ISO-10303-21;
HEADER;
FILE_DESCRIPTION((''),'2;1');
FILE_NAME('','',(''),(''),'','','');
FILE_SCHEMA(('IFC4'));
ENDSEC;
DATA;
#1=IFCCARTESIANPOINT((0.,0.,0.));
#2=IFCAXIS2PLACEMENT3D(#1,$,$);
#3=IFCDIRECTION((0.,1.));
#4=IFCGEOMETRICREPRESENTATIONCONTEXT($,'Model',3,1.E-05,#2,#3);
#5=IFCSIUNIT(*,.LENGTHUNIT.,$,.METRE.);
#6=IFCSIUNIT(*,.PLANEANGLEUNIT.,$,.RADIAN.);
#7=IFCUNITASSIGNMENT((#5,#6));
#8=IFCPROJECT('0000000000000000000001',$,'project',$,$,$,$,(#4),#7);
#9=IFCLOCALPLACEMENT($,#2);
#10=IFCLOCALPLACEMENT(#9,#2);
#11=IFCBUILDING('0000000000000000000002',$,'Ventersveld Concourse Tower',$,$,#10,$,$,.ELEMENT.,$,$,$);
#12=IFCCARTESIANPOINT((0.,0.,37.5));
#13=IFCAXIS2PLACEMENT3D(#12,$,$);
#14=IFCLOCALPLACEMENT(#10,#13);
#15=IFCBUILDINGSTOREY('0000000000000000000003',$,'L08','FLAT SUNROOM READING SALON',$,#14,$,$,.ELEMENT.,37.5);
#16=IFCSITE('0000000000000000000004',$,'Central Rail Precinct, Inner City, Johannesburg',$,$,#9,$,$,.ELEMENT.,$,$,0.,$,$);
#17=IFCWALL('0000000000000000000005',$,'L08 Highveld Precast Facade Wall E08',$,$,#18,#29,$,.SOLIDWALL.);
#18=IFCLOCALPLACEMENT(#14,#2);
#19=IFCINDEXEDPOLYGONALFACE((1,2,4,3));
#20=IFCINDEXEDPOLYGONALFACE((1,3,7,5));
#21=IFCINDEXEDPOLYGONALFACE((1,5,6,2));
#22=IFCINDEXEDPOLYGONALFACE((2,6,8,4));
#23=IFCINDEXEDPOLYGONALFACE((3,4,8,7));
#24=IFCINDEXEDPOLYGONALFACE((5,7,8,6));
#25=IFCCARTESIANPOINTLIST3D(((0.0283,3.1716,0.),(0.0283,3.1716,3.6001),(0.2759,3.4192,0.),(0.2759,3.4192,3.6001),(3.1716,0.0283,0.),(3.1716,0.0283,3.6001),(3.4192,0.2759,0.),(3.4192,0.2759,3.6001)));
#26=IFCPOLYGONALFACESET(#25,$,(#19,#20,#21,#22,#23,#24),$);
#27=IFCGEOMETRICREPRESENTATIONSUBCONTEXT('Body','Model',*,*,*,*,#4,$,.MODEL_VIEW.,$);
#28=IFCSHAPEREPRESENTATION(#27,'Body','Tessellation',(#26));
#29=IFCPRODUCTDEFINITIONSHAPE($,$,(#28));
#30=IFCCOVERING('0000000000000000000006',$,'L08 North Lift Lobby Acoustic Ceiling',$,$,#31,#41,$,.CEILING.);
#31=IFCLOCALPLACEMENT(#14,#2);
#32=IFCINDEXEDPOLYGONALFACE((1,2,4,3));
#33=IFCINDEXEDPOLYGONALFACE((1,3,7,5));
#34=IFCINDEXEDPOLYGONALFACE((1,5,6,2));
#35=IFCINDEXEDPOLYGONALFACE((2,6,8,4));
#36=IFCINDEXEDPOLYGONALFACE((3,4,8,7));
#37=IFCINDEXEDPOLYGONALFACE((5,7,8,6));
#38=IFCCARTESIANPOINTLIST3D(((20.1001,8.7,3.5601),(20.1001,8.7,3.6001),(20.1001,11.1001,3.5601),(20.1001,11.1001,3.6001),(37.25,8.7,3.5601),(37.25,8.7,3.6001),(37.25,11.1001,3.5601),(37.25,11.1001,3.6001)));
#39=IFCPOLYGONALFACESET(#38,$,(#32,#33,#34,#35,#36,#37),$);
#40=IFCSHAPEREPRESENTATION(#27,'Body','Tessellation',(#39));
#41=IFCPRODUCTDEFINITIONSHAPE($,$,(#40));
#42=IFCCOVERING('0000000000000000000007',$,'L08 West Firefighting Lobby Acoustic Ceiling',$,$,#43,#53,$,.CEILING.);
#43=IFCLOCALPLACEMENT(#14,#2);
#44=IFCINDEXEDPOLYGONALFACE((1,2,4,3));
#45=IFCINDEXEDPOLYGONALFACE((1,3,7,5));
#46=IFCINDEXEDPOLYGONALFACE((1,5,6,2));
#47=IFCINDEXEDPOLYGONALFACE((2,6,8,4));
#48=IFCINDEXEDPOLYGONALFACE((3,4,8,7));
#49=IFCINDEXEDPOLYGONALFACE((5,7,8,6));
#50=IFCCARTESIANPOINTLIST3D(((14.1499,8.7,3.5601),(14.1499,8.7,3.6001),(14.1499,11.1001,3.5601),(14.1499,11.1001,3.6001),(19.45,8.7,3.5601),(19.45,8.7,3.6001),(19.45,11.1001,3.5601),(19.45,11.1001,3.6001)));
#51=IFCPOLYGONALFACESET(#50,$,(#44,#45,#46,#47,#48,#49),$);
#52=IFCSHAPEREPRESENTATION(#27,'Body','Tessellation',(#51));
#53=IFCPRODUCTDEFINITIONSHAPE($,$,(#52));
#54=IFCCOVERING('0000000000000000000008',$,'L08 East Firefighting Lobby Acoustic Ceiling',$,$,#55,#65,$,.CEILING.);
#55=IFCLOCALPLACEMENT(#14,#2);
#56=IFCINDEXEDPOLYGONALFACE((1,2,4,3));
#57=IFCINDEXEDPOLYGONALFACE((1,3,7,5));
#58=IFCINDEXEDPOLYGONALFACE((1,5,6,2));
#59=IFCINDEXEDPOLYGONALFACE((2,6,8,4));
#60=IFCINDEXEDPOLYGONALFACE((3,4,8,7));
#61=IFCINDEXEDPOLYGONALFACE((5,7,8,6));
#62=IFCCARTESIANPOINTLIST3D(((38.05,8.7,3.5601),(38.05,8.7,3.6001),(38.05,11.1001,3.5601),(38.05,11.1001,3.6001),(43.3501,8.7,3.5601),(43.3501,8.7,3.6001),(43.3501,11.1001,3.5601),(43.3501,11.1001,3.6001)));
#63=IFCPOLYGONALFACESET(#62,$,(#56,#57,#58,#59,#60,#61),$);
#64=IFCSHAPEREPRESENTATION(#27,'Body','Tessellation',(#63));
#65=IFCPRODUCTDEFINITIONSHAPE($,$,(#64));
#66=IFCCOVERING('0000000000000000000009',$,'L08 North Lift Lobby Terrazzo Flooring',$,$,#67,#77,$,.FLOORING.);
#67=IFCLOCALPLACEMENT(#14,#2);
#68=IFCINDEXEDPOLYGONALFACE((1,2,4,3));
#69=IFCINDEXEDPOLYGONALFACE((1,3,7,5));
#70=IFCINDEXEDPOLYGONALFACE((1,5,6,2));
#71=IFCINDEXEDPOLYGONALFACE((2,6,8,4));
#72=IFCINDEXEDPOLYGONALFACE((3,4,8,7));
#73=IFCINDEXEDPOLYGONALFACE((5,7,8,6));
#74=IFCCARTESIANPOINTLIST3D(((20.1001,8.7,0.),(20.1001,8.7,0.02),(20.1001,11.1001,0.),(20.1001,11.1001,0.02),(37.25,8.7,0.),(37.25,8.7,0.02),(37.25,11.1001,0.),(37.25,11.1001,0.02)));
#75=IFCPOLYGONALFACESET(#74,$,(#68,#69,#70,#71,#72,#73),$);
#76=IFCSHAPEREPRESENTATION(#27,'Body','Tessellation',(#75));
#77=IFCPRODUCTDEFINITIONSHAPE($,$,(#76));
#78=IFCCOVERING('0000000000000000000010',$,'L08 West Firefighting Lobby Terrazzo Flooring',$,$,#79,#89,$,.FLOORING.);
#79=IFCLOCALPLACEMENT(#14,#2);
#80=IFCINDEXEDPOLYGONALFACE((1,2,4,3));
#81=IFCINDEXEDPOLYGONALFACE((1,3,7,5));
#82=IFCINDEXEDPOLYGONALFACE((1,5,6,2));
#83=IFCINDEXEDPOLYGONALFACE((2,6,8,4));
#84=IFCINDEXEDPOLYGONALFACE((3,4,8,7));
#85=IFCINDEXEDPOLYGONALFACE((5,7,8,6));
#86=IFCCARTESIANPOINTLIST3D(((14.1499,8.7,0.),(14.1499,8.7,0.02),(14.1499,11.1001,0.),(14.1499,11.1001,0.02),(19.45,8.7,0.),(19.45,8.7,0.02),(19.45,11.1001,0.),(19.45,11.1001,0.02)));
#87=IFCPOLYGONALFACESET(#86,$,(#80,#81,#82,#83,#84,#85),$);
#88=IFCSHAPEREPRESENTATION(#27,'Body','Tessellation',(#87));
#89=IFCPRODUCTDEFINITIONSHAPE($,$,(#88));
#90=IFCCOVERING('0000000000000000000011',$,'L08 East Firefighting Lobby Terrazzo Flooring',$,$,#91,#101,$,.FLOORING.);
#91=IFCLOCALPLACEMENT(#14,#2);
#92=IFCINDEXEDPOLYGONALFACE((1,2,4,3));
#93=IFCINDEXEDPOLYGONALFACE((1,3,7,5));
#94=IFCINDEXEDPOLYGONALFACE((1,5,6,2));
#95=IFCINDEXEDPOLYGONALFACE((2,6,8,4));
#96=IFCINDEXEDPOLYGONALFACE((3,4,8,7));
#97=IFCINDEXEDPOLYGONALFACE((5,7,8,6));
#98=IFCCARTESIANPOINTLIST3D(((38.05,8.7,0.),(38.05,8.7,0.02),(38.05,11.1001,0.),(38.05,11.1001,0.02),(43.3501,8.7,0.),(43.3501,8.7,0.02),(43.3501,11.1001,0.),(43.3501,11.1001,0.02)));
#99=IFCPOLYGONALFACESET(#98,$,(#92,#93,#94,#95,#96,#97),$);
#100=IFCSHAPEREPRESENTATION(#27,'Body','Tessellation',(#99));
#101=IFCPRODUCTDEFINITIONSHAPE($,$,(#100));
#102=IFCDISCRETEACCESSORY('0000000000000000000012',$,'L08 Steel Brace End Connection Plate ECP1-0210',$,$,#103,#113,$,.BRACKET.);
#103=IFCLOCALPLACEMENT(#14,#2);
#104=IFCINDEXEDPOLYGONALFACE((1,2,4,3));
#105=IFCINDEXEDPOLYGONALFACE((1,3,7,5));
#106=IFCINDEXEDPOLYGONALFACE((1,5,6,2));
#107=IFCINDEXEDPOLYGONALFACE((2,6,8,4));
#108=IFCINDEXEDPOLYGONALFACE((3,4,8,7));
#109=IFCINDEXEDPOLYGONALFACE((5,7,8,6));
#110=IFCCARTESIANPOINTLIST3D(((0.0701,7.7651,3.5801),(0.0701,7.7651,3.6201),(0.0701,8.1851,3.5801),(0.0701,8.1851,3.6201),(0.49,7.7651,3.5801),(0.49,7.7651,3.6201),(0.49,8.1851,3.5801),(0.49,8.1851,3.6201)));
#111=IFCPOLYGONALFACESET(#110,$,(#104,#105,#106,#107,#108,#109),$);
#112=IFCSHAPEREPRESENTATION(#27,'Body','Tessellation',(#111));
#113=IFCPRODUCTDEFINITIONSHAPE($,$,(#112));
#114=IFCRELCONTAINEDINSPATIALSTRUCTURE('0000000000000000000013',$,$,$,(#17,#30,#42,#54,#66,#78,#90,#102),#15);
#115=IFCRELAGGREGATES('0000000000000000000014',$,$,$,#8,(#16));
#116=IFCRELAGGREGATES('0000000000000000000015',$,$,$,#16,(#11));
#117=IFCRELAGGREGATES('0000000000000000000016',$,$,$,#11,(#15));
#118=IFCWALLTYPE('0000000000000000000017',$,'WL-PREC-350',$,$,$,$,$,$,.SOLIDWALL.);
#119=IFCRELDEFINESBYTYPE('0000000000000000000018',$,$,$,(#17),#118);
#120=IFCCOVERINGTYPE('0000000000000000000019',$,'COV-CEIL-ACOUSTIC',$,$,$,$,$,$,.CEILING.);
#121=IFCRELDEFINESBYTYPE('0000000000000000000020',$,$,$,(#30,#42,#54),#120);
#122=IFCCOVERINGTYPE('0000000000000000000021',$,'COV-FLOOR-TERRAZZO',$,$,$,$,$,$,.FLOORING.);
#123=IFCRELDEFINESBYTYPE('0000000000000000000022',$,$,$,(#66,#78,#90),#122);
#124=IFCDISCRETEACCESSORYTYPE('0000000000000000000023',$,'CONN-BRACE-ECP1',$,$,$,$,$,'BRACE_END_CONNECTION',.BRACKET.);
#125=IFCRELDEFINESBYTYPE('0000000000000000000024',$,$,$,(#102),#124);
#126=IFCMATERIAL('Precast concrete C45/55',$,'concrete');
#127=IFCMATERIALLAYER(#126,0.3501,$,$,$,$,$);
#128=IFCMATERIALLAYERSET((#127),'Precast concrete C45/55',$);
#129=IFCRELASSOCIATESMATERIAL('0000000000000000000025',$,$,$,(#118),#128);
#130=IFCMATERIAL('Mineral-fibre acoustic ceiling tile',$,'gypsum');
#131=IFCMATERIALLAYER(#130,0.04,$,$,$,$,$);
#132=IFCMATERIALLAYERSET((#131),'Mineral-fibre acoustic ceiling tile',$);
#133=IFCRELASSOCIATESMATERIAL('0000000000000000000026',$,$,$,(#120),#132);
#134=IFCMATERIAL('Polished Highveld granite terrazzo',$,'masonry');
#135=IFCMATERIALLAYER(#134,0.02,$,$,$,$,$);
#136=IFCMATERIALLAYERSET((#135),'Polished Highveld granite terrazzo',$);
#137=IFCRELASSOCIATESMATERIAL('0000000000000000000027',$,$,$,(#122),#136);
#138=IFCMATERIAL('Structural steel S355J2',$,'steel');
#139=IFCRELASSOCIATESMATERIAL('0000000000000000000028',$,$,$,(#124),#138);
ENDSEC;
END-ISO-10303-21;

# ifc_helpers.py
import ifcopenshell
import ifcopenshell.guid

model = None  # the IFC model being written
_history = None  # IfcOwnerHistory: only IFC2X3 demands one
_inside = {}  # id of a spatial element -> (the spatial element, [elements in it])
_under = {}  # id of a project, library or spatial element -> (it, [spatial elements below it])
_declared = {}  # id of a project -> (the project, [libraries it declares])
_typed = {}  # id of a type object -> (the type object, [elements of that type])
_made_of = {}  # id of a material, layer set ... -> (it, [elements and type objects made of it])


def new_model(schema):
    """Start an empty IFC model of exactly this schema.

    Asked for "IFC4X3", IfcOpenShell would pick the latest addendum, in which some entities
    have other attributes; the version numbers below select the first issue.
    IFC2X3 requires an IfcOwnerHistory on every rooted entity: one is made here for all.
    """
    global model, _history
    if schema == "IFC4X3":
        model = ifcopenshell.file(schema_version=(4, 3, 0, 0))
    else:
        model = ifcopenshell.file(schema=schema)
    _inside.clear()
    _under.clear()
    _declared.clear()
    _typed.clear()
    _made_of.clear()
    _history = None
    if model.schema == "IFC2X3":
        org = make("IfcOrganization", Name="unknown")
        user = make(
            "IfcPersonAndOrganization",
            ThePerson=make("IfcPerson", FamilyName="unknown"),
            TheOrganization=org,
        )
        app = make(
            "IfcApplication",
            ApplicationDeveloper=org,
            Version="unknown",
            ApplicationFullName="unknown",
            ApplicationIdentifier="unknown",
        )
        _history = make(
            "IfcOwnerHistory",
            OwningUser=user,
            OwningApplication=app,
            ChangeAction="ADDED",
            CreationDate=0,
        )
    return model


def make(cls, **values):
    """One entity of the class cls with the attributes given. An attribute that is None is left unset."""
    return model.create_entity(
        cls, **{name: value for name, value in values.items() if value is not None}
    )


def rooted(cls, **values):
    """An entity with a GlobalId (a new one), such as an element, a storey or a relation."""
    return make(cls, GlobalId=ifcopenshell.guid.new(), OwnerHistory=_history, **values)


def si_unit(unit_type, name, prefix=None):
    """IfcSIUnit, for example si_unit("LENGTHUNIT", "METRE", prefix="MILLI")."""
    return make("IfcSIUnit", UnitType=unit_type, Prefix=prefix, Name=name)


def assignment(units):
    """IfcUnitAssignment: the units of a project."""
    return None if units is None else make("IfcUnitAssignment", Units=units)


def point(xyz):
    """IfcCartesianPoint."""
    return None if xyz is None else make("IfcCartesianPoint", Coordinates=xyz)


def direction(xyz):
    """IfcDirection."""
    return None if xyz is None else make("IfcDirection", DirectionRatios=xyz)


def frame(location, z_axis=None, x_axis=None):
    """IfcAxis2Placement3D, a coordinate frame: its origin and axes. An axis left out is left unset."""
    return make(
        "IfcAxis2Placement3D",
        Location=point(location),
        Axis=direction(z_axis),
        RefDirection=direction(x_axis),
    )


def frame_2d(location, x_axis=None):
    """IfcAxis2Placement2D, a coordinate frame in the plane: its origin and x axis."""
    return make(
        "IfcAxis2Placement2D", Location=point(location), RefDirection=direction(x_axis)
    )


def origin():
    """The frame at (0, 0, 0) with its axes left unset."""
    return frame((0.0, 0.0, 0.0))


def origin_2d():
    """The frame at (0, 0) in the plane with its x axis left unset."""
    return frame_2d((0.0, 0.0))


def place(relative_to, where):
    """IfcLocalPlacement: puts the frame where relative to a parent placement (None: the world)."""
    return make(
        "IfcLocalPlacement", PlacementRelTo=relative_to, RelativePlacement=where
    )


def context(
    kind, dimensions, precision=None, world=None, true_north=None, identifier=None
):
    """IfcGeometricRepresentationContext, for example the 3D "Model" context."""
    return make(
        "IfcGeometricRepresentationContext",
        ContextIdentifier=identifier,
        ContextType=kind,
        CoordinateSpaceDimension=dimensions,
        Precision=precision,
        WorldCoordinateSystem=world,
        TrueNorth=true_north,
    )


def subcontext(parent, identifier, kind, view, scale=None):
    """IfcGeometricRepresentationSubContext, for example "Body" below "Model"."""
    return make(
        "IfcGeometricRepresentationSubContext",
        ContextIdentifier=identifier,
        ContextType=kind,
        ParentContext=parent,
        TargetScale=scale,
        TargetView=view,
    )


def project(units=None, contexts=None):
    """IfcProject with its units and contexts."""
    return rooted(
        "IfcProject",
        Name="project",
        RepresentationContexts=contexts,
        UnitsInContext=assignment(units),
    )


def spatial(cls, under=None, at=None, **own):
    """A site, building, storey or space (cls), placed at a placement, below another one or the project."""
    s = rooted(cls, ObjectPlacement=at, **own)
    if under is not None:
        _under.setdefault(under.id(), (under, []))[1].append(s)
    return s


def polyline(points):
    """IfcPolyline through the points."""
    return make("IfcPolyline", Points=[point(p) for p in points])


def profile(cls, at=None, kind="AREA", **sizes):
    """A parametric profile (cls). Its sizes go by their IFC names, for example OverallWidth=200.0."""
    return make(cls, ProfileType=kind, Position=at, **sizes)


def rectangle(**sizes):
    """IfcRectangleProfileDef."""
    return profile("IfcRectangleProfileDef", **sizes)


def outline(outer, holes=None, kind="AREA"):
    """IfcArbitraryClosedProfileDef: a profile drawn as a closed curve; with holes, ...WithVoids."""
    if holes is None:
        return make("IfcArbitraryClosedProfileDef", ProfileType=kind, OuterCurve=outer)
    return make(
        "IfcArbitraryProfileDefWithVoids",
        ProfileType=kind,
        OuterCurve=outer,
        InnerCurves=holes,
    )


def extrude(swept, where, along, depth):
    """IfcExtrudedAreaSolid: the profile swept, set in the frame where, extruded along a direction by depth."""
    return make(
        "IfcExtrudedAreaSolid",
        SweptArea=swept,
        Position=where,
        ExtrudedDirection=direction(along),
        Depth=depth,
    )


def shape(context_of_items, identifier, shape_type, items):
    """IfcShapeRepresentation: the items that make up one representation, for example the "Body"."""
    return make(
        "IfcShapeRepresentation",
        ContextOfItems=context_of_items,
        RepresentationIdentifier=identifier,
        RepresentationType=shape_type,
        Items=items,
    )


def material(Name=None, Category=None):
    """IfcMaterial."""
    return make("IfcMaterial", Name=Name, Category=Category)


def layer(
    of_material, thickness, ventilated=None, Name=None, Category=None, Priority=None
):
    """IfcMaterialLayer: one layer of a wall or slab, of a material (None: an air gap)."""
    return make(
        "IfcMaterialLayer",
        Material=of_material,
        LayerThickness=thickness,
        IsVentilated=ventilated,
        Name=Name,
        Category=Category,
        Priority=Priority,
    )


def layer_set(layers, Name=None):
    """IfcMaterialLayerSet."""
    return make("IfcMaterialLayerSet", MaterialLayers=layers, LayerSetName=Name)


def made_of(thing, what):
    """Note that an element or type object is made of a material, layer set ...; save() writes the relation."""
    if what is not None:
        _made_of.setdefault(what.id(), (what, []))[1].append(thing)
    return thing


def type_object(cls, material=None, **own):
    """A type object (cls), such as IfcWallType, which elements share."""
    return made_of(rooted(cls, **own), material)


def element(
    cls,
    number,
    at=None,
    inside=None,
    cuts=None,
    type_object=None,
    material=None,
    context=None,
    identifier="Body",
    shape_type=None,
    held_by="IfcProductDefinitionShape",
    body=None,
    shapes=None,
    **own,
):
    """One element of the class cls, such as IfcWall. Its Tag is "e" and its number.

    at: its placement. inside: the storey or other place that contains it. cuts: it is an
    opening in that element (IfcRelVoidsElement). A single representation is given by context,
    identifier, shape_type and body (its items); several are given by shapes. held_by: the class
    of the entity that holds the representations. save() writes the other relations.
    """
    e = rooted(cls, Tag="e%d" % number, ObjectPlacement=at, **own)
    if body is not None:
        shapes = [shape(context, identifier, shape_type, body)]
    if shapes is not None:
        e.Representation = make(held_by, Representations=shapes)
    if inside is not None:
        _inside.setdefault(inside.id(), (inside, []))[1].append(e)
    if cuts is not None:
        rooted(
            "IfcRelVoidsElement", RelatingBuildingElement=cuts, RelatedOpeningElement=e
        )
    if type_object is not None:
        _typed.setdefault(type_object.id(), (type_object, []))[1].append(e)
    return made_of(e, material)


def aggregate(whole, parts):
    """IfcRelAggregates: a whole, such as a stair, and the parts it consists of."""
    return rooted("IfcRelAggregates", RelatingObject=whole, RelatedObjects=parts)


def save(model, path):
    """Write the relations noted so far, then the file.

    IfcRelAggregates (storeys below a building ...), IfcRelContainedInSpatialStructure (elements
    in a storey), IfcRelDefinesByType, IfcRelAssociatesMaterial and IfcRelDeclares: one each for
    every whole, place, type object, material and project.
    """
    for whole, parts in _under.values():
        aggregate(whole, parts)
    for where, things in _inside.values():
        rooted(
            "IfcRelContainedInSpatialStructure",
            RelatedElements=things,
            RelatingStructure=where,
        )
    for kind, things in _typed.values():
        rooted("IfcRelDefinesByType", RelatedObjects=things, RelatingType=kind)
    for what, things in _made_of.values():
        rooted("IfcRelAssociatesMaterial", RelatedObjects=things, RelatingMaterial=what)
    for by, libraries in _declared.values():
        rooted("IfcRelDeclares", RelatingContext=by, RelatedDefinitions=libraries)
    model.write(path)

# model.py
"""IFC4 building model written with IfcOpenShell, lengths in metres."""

from ifc_helpers import new_model, si_unit, direction, frame, frame_2d, origin, origin_2d, place, context, subcontext, project, spatial, polyline, rectangle, outline, extrude, material, layer, layer_set, type_object, element, save


model = new_model("IFC4")

# Units and contexts
model_context = context("Model", 3, precision=1e-05, world=origin(), true_north=direction((0.0, 1.0)))
body_context = subcontext(model_context, "Body", "Model", "MODEL_VIEW")
ifc_project = project(units=[si_unit("LENGTHUNIT", "METRE"), si_unit("PLANEANGLEUNIT", "RADIAN")], contexts=[model_context])

# Site, building, storey
site_placement = place(None, origin())
site = spatial("IfcSite", under=ifc_project, at=site_placement, Name="Central Rail Precinct, Inner City, Johannesburg", CompositionType="ELEMENT", RefElevation=0.0)
building_placement = place(site_placement, origin())
building = spatial("IfcBuilding", under=site, at=building_placement, Name="Ventersveld Concourse Tower", CompositionType="ELEMENT")
storey_placement = place(building_placement, frame((0.0, 0.0, 37.5)))
storey = spatial("IfcBuildingStorey", under=building, at=storey_placement, Name="L08", Description="FLAT SUNROOM READING SALON", CompositionType="ELEMENT", Elevation=37.5)

# Shared definitions
ifc_material_1 = material(Name="Structural steel S355J2", Category="steel")

# Wall
ifc_material_2 = material(Name="Precast concrete C45/55", Category="concrete")
ifc_layer_1 = layer(ifc_material_2, 0.3501)
ifc_layer_set_1 = layer_set([ifc_layer_1], Name="Precast concrete C45/55")
wall_type_1 = type_object("IfcWallType", Name="WL-PREC-350", PredefinedType="SOLIDWALL", material=ifc_layer_set_1)
wall_1_placement = place(storey_placement, frame((0.1521, 3.2954, 0.0), z_axis=(0.0, 0.0, 1.0), x_axis=(0.707107, -0.707107, 0.0)))
element("IfcWall", 1, at=wall_1_placement, inside=storey, type_object=wall_type_1, Name="L08 Highveld Precast Facade Wall E08", PredefinedType="SOLIDWALL", context=body_context, shape_type="SweptSolid", body=[
    extrude(rectangle(XDim=4.4453, YDim=0.3501, at=frame_2d((2.2227, 0.0))), origin(), (0.0, 0.0, 1.0), 3.6001),
])

# Coverings
ifc_material_3 = material(Name="Mineral-fibre acoustic ceiling tile", Category="gypsum")
ifc_layer_2 = layer(ifc_material_3, 0.04)
ifc_layer_set_2 = layer_set([ifc_layer_2], Name="Mineral-fibre acoustic ceiling tile")
covering_type_1 = type_object("IfcCoveringType", Name="COV-CEIL-ACOUSTIC", PredefinedType="CEILING", material=ifc_layer_set_2)
covering_1_placement = place(storey_placement, frame((0.0, 0.0, 3.5601)))
element("IfcCovering", 2, at=covering_1_placement, inside=storey, type_object=covering_type_1, Name="L08 North Lift Lobby Acoustic Ceiling", PredefinedType="CEILING", context=body_context, shape_type="SweptSolid", body=[
    extrude(outline(polyline([(20.1001, 8.7), (37.25, 8.7), (37.25, 11.1001), (20.1001, 11.1001), (20.1001, 8.7)])), origin(), (0.0, 0.0, 1.0), 0.04),
])
covering_2_placement = place(storey_placement, frame((0.0, 0.0, 3.5601)))
element("IfcCovering", 3, at=covering_2_placement, inside=storey, type_object=covering_type_1, Name="L08 West Firefighting Lobby Acoustic Ceiling", PredefinedType="CEILING", context=body_context, shape_type="SweptSolid", body=[
    extrude(outline(polyline([(14.1499, 8.7), (19.45, 8.7), (19.45, 11.1001), (14.1499, 11.1001), (14.1499, 8.7)])), origin(), (0.0, 0.0, 1.0), 0.04),
])
covering_3_placement = place(storey_placement, frame((0.0, 0.0, 3.5601)))
element("IfcCovering", 4, at=covering_3_placement, inside=storey, type_object=covering_type_1, Name="L08 East Firefighting Lobby Acoustic Ceiling", PredefinedType="CEILING", context=body_context, shape_type="SweptSolid", body=[
    extrude(outline(polyline([(38.05, 8.7), (43.3501, 8.7), (43.3501, 11.1001), (38.05, 11.1001), (38.05, 8.7)])), origin(), (0.0, 0.0, 1.0), 0.04),
])
ifc_material_4 = material(Name="Polished Highveld granite terrazzo", Category="masonry")
ifc_layer_3 = layer(ifc_material_4, 0.02)
ifc_layer_set_3 = layer_set([ifc_layer_3], Name="Polished Highveld granite terrazzo")
covering_type_2 = type_object("IfcCoveringType", Name="COV-FLOOR-TERRAZZO", PredefinedType="FLOORING", material=ifc_layer_set_3)
covering_4_placement = place(storey_placement, origin())
element("IfcCovering", 5, at=covering_4_placement, inside=storey, type_object=covering_type_2, Name="L08 North Lift Lobby Terrazzo Flooring", PredefinedType="FLOORING", context=body_context, shape_type="SweptSolid", body=[
    extrude(outline(polyline([(20.1001, 8.7), (37.25, 8.7), (37.25, 11.1001), (20.1001, 11.1001), (20.1001, 8.7)])), origin(), (0.0, 0.0, 1.0), 0.02),
])
covering_5_placement = place(storey_placement, origin())
element("IfcCovering", 6, at=covering_5_placement, inside=storey, type_object=covering_type_2, Name="L08 West Firefighting Lobby Terrazzo Flooring", PredefinedType="FLOORING", context=body_context, shape_type="SweptSolid", body=[
    extrude(outline(polyline([(14.1499, 8.7), (19.45, 8.7), (19.45, 11.1001), (14.1499, 11.1001), (14.1499, 8.7)])), origin(), (0.0, 0.0, 1.0), 0.02),
])
covering_6_placement = place(storey_placement, origin())
element("IfcCovering", 7, at=covering_6_placement, inside=storey, type_object=covering_type_2, Name="L08 East Firefighting Lobby Terrazzo Flooring", PredefinedType="FLOORING", context=body_context, shape_type="SweptSolid", body=[
    extrude(outline(polyline([(38.05, 8.7), (43.3501, 8.7), (43.3501, 11.1001), (38.05, 11.1001), (38.05, 8.7)])), origin(), (0.0, 0.0, 1.0), 0.02),
])

# Discrete accessory
discrete_accessory_type = type_object("IfcDiscreteAccessoryType", Name="CONN-BRACE-ECP1", ElementType="BRACE_END_CONNECTION", PredefinedType="BRACKET", material=ifc_material_1)
discrete_accessory_placement = place(storey_placement, frame((0.28, 7.9751, 3.5801), z_axis=(0.0, 0.0, 1.0), x_axis=(1.0, 0.0, 0.0)))
element("IfcDiscreteAccessory", 8, at=discrete_accessory_placement, inside=storey, type_object=discrete_accessory_type, Name="L08 Steel Brace End Connection Plate ECP1-0210", PredefinedType="BRACKET", context=body_context, shape_type="SweptSolid", body=[
    extrude(rectangle(XDim=0.4199, YDim=0.4199, at=origin_2d()), origin(), (0.0, 0.0, 1.0), 0.04),
])

save(model, "model.ifc")
